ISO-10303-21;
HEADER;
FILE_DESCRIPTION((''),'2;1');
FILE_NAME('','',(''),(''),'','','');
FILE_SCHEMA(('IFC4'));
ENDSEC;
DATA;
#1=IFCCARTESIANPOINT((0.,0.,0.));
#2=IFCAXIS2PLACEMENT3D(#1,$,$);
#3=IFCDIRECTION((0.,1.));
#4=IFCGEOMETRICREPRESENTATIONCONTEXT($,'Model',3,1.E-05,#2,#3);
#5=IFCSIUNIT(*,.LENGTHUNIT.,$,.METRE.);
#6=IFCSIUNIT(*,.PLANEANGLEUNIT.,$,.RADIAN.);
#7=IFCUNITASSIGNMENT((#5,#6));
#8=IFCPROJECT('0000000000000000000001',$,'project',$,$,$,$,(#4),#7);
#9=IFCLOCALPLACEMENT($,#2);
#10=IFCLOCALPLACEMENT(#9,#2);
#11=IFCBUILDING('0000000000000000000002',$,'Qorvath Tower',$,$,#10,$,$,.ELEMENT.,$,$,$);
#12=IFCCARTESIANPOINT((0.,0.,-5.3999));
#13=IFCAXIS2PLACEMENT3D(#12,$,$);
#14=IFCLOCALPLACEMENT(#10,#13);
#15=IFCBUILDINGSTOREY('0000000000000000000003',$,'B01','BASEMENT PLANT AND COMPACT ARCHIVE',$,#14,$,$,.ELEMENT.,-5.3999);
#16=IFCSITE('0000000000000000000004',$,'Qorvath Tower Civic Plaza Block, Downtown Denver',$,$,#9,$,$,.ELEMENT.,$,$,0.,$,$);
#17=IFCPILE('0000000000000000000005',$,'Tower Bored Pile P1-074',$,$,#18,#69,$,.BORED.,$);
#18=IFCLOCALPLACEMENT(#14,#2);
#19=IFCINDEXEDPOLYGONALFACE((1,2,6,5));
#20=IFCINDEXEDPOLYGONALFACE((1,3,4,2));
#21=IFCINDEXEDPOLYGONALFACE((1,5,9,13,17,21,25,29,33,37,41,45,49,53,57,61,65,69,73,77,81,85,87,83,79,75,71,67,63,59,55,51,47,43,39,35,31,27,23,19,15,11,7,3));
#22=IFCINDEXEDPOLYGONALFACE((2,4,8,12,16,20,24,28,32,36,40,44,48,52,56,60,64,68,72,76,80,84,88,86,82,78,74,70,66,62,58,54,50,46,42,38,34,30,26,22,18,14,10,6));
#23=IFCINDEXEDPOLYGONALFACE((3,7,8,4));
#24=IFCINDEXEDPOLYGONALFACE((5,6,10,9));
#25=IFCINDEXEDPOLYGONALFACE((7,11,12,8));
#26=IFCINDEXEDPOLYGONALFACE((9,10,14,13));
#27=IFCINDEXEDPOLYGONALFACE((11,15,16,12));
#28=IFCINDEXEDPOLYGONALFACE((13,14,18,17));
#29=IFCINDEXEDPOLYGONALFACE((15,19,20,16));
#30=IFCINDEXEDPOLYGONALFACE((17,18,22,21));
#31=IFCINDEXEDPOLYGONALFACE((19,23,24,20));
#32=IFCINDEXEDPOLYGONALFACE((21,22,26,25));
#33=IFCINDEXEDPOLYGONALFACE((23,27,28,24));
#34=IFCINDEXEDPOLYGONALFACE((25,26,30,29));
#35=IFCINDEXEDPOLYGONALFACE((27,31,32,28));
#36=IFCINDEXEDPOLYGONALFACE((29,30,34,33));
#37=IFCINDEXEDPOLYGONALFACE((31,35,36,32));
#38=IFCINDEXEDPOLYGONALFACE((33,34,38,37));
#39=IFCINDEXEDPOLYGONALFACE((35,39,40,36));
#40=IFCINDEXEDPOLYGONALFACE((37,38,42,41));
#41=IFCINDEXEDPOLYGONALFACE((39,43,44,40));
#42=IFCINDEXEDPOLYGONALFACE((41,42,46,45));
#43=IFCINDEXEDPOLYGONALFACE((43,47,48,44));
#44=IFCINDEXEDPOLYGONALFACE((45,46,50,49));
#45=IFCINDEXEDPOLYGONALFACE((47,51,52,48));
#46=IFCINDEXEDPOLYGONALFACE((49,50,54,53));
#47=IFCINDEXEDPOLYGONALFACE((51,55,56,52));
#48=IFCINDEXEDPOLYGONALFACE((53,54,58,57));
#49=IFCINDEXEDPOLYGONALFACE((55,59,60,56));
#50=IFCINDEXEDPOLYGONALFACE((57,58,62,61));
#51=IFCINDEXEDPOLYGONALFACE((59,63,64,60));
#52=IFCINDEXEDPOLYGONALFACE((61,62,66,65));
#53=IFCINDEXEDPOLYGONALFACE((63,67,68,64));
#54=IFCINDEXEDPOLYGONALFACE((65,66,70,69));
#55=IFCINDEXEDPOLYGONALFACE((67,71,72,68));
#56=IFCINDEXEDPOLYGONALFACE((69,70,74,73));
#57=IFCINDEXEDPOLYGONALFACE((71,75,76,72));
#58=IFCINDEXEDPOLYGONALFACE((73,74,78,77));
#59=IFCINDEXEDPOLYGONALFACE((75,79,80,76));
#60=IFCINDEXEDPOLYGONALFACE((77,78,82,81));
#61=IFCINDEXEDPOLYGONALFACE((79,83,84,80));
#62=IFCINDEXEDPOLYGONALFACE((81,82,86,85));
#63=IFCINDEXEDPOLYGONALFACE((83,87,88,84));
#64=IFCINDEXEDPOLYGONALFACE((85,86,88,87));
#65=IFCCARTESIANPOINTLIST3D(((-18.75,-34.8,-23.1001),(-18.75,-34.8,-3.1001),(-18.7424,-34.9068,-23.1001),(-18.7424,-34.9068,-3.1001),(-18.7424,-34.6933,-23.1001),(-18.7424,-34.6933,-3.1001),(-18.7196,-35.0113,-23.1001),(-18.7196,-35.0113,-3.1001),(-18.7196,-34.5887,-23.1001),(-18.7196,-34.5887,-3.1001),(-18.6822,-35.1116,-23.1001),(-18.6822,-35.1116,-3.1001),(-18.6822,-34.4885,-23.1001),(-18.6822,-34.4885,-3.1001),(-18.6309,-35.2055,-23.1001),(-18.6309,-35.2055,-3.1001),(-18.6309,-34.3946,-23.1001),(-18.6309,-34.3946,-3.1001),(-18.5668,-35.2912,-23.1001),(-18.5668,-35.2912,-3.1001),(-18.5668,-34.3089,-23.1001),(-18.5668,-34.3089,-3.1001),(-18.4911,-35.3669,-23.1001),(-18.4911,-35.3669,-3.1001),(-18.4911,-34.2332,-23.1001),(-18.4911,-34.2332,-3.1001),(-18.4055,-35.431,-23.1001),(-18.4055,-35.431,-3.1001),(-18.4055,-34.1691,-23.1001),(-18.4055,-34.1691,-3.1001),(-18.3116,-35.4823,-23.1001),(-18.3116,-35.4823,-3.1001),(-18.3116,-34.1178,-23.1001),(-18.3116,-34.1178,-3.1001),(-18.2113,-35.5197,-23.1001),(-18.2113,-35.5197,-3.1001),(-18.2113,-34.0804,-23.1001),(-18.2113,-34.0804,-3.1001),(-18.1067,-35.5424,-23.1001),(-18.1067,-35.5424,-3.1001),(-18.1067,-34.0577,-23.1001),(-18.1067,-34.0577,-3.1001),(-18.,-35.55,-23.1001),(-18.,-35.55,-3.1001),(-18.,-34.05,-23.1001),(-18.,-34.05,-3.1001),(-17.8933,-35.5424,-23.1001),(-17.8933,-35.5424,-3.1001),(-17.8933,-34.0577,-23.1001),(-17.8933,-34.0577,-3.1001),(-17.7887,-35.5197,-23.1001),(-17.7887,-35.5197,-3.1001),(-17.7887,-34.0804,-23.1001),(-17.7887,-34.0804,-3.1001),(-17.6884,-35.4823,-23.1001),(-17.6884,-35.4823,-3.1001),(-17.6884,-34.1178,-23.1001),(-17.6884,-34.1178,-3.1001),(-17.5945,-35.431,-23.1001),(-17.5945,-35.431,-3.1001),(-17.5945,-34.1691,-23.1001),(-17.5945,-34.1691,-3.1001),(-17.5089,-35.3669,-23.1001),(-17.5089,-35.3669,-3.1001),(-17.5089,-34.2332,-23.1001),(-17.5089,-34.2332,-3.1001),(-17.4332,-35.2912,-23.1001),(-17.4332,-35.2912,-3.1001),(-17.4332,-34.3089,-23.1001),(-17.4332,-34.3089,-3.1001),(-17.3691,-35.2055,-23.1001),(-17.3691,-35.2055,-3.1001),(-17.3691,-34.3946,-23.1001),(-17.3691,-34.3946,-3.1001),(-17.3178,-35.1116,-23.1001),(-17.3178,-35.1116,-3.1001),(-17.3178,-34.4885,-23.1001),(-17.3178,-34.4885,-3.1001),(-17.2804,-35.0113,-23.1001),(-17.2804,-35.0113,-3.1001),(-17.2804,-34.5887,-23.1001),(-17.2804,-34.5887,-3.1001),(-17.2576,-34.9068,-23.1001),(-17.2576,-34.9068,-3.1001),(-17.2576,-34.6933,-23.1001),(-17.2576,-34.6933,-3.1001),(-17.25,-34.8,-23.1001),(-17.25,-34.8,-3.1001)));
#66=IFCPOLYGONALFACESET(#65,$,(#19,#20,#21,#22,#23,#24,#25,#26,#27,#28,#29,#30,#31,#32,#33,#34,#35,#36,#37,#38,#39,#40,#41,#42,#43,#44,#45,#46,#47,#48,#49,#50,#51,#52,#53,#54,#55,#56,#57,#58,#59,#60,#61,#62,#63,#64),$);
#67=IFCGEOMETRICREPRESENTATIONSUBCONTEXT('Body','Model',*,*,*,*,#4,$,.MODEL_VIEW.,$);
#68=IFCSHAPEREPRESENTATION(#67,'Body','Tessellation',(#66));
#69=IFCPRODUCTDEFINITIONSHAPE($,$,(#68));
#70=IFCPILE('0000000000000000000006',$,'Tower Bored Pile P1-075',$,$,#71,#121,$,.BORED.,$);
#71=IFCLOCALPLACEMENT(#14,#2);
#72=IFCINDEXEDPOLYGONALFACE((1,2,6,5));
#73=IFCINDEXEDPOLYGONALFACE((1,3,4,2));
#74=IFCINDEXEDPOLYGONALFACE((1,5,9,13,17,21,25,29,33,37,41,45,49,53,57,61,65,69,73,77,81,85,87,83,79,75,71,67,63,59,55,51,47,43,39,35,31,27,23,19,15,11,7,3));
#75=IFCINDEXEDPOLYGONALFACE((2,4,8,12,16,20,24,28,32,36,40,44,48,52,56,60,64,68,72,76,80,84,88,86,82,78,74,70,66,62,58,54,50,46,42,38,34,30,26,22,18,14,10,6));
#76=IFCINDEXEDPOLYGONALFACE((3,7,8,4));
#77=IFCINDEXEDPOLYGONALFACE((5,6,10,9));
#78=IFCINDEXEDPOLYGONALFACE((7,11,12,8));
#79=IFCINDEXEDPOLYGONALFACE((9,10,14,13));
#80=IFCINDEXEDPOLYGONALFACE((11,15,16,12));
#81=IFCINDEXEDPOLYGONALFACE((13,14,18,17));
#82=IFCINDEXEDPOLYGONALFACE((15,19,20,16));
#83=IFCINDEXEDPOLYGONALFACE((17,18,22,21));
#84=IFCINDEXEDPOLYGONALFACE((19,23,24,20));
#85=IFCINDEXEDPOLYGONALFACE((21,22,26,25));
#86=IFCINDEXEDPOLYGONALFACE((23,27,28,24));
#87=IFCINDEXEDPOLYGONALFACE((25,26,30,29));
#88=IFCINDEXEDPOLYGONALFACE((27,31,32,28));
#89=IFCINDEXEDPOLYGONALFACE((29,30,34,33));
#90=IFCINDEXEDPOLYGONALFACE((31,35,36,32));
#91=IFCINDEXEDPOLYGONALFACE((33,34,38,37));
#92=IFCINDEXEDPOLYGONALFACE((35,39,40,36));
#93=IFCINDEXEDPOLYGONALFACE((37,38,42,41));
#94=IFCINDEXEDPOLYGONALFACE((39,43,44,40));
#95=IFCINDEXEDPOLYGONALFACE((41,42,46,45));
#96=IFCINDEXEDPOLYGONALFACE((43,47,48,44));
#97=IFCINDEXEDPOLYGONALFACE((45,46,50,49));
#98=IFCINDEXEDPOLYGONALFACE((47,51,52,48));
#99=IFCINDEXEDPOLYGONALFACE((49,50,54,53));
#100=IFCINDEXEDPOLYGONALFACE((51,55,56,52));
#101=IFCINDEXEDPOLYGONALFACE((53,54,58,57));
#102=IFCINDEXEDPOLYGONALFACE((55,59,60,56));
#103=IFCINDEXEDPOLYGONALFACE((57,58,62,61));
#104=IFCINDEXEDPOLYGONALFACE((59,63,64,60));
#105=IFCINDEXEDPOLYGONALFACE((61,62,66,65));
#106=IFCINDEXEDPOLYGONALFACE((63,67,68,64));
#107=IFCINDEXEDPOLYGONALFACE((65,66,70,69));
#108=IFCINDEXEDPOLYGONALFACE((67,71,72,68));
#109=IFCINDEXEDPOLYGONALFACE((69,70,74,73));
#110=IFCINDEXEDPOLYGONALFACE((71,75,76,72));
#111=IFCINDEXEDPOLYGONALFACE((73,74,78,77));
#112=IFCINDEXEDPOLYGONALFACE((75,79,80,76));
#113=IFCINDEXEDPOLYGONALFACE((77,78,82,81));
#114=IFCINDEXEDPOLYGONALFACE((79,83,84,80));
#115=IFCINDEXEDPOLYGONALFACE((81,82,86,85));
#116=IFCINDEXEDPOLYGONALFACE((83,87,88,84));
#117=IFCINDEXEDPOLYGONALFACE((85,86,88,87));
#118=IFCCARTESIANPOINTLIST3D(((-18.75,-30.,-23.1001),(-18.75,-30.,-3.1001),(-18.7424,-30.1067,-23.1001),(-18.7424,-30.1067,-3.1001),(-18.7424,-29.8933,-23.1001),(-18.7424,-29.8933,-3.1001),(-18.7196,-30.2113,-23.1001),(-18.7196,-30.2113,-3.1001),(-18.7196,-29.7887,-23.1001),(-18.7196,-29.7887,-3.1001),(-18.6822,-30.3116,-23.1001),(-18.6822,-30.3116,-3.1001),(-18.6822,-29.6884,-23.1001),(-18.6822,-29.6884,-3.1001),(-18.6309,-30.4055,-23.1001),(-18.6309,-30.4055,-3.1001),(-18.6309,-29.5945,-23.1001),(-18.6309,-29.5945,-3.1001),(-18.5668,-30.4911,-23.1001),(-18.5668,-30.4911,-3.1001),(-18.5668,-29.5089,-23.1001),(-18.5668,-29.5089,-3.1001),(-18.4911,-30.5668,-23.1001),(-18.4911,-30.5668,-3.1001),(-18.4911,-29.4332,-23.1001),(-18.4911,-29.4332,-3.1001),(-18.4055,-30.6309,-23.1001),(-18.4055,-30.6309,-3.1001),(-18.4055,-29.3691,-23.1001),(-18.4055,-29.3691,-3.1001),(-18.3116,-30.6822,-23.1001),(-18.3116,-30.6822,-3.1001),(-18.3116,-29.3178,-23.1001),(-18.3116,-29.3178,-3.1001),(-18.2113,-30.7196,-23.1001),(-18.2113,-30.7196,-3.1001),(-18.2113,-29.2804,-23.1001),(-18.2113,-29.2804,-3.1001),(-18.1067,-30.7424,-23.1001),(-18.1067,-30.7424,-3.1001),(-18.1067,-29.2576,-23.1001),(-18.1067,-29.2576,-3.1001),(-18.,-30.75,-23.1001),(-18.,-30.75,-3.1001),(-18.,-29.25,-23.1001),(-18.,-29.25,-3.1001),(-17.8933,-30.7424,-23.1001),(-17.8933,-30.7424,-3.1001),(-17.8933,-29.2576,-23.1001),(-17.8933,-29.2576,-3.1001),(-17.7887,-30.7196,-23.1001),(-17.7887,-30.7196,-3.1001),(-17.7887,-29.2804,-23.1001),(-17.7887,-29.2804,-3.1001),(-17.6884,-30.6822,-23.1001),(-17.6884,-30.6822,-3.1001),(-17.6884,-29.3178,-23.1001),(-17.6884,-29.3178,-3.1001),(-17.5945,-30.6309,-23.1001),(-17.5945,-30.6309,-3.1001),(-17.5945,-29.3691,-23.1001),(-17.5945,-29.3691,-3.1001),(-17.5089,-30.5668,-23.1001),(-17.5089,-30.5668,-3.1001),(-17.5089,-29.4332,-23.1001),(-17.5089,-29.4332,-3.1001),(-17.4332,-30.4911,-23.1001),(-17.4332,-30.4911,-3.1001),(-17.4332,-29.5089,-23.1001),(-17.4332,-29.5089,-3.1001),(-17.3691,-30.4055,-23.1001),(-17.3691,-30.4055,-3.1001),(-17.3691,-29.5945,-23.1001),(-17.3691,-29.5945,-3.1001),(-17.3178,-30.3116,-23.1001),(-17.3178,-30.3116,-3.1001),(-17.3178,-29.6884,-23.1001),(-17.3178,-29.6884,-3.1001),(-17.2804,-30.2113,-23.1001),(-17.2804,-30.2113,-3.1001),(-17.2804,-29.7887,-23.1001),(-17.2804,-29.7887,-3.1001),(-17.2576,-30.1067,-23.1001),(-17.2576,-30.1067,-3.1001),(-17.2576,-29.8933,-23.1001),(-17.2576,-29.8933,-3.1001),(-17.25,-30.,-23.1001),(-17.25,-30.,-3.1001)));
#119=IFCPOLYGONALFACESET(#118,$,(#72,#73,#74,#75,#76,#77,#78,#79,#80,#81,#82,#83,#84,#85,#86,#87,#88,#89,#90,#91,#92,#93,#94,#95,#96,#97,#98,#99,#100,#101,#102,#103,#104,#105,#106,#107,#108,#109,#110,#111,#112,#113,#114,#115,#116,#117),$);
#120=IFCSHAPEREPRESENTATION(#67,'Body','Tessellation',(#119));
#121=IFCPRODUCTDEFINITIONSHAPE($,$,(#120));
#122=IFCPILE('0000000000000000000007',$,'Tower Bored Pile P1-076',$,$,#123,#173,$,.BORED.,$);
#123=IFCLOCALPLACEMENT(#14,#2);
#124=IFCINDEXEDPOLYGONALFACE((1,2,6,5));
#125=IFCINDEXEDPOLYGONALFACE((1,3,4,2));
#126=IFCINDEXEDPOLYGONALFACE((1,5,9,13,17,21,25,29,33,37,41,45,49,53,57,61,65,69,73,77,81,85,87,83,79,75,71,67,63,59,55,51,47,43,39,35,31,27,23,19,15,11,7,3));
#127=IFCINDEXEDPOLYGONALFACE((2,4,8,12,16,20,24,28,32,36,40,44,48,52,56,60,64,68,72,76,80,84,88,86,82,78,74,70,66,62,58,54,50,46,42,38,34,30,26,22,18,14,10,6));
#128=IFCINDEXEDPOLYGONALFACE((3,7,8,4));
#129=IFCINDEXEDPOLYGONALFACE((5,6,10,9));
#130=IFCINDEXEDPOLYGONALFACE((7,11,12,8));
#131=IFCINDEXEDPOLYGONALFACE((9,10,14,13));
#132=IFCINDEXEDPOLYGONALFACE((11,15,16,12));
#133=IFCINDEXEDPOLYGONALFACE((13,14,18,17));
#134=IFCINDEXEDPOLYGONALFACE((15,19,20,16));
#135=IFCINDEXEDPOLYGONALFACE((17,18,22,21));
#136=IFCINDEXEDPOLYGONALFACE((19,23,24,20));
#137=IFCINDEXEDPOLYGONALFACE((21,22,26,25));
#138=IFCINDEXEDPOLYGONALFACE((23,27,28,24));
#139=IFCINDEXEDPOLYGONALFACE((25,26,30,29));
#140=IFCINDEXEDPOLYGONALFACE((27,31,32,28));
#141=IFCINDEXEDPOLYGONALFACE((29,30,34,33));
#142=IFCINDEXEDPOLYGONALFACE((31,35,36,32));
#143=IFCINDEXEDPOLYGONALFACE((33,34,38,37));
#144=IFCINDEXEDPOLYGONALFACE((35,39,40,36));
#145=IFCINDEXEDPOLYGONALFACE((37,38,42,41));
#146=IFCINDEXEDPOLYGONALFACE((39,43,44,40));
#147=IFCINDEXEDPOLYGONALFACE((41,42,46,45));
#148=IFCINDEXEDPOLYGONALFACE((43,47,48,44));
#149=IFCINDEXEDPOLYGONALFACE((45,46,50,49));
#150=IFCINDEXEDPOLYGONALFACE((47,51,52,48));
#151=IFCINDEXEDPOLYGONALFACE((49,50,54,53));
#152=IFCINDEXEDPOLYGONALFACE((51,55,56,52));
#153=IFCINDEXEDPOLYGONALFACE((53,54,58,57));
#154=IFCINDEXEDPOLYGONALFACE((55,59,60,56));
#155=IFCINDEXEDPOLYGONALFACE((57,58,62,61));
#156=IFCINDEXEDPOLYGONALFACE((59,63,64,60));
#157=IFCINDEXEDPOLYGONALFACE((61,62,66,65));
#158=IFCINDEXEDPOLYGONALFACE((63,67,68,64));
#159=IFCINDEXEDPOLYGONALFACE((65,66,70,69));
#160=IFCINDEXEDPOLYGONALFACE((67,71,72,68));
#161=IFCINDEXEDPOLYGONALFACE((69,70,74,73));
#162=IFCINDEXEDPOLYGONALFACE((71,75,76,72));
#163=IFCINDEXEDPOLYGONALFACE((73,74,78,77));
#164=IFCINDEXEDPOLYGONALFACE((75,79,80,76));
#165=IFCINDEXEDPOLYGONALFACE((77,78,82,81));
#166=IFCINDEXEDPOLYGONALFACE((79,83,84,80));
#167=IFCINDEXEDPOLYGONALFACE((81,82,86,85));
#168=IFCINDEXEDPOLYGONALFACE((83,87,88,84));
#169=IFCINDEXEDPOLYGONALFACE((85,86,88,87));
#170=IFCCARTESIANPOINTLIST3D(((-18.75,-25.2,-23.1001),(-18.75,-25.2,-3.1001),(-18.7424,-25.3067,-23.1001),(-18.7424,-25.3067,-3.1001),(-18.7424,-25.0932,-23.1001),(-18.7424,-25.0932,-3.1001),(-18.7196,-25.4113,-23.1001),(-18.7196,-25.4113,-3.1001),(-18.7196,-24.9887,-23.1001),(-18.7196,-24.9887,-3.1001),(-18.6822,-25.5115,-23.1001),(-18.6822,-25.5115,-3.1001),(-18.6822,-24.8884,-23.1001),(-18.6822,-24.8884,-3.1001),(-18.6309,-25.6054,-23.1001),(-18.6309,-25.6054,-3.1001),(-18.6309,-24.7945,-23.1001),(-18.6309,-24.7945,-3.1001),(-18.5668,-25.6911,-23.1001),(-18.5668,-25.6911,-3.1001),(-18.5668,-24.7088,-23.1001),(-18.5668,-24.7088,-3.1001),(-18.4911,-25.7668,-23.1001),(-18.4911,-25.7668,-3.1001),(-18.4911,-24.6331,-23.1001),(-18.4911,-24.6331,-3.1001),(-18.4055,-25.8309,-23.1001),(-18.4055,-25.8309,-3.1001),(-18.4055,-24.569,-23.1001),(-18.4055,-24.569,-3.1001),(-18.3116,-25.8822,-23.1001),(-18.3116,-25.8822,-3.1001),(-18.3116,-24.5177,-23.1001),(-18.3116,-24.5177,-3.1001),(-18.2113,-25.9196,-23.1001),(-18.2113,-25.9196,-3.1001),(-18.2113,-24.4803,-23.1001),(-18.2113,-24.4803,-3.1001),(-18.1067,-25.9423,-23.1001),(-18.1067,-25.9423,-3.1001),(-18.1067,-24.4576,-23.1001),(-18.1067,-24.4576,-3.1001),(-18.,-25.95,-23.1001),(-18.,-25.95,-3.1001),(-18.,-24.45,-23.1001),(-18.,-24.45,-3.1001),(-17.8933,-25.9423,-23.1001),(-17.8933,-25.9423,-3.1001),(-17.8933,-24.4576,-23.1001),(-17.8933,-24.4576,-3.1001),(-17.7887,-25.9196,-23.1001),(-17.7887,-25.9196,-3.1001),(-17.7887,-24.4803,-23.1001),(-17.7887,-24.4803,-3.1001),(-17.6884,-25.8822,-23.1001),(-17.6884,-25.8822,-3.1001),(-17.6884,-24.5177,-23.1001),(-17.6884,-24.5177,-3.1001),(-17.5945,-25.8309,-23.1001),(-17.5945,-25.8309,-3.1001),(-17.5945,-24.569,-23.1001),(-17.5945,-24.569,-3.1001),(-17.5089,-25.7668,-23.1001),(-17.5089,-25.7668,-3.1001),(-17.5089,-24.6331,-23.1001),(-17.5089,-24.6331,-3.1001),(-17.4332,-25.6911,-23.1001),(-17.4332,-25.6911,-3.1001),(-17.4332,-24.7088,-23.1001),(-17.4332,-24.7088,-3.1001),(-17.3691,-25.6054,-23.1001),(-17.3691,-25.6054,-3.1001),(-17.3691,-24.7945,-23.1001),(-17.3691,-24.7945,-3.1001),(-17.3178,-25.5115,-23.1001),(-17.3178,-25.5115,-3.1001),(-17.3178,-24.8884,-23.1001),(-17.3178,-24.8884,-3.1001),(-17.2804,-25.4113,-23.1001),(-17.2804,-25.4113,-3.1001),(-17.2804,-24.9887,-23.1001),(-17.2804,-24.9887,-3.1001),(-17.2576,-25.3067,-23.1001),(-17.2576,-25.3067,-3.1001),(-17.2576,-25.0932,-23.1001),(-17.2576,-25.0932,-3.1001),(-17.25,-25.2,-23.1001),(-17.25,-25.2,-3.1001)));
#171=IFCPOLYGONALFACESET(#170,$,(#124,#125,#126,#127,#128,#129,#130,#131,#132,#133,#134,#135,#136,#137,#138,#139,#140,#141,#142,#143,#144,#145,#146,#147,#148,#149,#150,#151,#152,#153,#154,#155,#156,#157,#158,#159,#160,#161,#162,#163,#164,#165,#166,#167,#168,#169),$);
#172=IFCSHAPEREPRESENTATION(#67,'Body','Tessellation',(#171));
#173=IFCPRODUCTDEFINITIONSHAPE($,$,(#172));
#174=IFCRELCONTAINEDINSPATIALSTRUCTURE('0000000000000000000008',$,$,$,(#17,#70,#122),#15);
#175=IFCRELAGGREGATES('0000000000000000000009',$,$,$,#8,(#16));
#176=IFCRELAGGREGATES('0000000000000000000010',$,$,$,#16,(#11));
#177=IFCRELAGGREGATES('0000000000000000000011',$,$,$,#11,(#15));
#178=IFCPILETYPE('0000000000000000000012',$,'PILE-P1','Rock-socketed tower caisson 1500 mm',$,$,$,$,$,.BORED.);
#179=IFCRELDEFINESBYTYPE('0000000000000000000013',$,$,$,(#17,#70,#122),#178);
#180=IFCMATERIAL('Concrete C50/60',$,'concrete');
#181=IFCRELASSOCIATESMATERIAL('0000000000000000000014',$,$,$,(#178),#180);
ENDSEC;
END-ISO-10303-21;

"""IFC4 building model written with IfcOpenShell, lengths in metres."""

from ifc_helpers import new_model, si_unit, direction, frame, origin, origin_2d, place, context, subcontext, project, spatial, circle, extrude, material, material_profile, profile_set, type_object, element, save


model = new_model("IFC4")

# Units and contexts
model_context = context("Model", 3, precision=1e-05, world=origin(), true_north=direction((0.0, 1.0)))
body_context = subcontext(model_context, "Body", "Model", "MODEL_VIEW")
ifc_project = project(units=[si_unit("LENGTHUNIT", "METRE"), si_unit("PLANEANGLEUNIT", "RADIAN")], contexts=[model_context])

# Site, building, storey
site_placement = place(None, origin())
site = spatial("IfcSite", under=ifc_project, at=site_placement, Name="Qorvath Tower Civic Plaza Block, Downtown Denver", CompositionType="ELEMENT", RefElevation=0.0)
building_placement = place(site_placement, origin())
building = spatial("IfcBuilding", under=site, at=building_placement, Name="Qorvath Tower", CompositionType="ELEMENT")
storey_placement = place(building_placement, frame((0.0, 0.0, -5.3999)))
storey = spatial("IfcBuildingStorey", under=building, at=storey_placement, Name="B01", Description="BASEMENT PLANT AND COMPACT ARCHIVE", CompositionType="ELEMENT", Elevation=-5.3999)

# Piles
ifc_material_1 = material(Name="Concrete C50/60", Category="concrete")
ifc_material_profile_1 = material_profile(ifc_material_1, circle(Radius=0.75, at=origin_2d()), Name="BORED PILE 1500")
ifc_profile_set_1 = profile_set([ifc_material_profile_1], Name="Concrete C50/60")
pile_type = type_object("IfcPileType", Name="PILE-P1", Description="Rock-socketed tower caisson 1500 mm", PredefinedType="BORED", material=ifc_profile_set_1)
for number, where, z_axis, x_axis, name in (
    (1, (-18.0, -34.8, -3.1001), (0.0, 0.0, -1.0), (1.0, 0.0, 0.0), "Tower Bored Pile P1-074"),
    (2, (-18.0, -30.0, -3.1001), (0.0, 0.0, -1.0), (1.0, 0.0, 0.0), "Tower Bored Pile P1-075"),
    (3, (-18.0, -25.2, -3.1001), (0.0, 0.0, -1.0), (1.0, 0.0, 0.0), "Tower Bored Pile P1-076"),
):
    element("IfcPile", number, at=place(storey_placement, frame(where, z_axis=z_axis, x_axis=x_axis)), inside=storey, type_object=pile_type, Name=name, PredefinedType="BORED", context=body_context, shape_type="SweptSolid", body=[
        extrude(circle(Radius=0.75, at=origin_2d()), origin(), (0.0, 0.0, 1.0), 20.0),
    ])

save(model, "model.ifc")
